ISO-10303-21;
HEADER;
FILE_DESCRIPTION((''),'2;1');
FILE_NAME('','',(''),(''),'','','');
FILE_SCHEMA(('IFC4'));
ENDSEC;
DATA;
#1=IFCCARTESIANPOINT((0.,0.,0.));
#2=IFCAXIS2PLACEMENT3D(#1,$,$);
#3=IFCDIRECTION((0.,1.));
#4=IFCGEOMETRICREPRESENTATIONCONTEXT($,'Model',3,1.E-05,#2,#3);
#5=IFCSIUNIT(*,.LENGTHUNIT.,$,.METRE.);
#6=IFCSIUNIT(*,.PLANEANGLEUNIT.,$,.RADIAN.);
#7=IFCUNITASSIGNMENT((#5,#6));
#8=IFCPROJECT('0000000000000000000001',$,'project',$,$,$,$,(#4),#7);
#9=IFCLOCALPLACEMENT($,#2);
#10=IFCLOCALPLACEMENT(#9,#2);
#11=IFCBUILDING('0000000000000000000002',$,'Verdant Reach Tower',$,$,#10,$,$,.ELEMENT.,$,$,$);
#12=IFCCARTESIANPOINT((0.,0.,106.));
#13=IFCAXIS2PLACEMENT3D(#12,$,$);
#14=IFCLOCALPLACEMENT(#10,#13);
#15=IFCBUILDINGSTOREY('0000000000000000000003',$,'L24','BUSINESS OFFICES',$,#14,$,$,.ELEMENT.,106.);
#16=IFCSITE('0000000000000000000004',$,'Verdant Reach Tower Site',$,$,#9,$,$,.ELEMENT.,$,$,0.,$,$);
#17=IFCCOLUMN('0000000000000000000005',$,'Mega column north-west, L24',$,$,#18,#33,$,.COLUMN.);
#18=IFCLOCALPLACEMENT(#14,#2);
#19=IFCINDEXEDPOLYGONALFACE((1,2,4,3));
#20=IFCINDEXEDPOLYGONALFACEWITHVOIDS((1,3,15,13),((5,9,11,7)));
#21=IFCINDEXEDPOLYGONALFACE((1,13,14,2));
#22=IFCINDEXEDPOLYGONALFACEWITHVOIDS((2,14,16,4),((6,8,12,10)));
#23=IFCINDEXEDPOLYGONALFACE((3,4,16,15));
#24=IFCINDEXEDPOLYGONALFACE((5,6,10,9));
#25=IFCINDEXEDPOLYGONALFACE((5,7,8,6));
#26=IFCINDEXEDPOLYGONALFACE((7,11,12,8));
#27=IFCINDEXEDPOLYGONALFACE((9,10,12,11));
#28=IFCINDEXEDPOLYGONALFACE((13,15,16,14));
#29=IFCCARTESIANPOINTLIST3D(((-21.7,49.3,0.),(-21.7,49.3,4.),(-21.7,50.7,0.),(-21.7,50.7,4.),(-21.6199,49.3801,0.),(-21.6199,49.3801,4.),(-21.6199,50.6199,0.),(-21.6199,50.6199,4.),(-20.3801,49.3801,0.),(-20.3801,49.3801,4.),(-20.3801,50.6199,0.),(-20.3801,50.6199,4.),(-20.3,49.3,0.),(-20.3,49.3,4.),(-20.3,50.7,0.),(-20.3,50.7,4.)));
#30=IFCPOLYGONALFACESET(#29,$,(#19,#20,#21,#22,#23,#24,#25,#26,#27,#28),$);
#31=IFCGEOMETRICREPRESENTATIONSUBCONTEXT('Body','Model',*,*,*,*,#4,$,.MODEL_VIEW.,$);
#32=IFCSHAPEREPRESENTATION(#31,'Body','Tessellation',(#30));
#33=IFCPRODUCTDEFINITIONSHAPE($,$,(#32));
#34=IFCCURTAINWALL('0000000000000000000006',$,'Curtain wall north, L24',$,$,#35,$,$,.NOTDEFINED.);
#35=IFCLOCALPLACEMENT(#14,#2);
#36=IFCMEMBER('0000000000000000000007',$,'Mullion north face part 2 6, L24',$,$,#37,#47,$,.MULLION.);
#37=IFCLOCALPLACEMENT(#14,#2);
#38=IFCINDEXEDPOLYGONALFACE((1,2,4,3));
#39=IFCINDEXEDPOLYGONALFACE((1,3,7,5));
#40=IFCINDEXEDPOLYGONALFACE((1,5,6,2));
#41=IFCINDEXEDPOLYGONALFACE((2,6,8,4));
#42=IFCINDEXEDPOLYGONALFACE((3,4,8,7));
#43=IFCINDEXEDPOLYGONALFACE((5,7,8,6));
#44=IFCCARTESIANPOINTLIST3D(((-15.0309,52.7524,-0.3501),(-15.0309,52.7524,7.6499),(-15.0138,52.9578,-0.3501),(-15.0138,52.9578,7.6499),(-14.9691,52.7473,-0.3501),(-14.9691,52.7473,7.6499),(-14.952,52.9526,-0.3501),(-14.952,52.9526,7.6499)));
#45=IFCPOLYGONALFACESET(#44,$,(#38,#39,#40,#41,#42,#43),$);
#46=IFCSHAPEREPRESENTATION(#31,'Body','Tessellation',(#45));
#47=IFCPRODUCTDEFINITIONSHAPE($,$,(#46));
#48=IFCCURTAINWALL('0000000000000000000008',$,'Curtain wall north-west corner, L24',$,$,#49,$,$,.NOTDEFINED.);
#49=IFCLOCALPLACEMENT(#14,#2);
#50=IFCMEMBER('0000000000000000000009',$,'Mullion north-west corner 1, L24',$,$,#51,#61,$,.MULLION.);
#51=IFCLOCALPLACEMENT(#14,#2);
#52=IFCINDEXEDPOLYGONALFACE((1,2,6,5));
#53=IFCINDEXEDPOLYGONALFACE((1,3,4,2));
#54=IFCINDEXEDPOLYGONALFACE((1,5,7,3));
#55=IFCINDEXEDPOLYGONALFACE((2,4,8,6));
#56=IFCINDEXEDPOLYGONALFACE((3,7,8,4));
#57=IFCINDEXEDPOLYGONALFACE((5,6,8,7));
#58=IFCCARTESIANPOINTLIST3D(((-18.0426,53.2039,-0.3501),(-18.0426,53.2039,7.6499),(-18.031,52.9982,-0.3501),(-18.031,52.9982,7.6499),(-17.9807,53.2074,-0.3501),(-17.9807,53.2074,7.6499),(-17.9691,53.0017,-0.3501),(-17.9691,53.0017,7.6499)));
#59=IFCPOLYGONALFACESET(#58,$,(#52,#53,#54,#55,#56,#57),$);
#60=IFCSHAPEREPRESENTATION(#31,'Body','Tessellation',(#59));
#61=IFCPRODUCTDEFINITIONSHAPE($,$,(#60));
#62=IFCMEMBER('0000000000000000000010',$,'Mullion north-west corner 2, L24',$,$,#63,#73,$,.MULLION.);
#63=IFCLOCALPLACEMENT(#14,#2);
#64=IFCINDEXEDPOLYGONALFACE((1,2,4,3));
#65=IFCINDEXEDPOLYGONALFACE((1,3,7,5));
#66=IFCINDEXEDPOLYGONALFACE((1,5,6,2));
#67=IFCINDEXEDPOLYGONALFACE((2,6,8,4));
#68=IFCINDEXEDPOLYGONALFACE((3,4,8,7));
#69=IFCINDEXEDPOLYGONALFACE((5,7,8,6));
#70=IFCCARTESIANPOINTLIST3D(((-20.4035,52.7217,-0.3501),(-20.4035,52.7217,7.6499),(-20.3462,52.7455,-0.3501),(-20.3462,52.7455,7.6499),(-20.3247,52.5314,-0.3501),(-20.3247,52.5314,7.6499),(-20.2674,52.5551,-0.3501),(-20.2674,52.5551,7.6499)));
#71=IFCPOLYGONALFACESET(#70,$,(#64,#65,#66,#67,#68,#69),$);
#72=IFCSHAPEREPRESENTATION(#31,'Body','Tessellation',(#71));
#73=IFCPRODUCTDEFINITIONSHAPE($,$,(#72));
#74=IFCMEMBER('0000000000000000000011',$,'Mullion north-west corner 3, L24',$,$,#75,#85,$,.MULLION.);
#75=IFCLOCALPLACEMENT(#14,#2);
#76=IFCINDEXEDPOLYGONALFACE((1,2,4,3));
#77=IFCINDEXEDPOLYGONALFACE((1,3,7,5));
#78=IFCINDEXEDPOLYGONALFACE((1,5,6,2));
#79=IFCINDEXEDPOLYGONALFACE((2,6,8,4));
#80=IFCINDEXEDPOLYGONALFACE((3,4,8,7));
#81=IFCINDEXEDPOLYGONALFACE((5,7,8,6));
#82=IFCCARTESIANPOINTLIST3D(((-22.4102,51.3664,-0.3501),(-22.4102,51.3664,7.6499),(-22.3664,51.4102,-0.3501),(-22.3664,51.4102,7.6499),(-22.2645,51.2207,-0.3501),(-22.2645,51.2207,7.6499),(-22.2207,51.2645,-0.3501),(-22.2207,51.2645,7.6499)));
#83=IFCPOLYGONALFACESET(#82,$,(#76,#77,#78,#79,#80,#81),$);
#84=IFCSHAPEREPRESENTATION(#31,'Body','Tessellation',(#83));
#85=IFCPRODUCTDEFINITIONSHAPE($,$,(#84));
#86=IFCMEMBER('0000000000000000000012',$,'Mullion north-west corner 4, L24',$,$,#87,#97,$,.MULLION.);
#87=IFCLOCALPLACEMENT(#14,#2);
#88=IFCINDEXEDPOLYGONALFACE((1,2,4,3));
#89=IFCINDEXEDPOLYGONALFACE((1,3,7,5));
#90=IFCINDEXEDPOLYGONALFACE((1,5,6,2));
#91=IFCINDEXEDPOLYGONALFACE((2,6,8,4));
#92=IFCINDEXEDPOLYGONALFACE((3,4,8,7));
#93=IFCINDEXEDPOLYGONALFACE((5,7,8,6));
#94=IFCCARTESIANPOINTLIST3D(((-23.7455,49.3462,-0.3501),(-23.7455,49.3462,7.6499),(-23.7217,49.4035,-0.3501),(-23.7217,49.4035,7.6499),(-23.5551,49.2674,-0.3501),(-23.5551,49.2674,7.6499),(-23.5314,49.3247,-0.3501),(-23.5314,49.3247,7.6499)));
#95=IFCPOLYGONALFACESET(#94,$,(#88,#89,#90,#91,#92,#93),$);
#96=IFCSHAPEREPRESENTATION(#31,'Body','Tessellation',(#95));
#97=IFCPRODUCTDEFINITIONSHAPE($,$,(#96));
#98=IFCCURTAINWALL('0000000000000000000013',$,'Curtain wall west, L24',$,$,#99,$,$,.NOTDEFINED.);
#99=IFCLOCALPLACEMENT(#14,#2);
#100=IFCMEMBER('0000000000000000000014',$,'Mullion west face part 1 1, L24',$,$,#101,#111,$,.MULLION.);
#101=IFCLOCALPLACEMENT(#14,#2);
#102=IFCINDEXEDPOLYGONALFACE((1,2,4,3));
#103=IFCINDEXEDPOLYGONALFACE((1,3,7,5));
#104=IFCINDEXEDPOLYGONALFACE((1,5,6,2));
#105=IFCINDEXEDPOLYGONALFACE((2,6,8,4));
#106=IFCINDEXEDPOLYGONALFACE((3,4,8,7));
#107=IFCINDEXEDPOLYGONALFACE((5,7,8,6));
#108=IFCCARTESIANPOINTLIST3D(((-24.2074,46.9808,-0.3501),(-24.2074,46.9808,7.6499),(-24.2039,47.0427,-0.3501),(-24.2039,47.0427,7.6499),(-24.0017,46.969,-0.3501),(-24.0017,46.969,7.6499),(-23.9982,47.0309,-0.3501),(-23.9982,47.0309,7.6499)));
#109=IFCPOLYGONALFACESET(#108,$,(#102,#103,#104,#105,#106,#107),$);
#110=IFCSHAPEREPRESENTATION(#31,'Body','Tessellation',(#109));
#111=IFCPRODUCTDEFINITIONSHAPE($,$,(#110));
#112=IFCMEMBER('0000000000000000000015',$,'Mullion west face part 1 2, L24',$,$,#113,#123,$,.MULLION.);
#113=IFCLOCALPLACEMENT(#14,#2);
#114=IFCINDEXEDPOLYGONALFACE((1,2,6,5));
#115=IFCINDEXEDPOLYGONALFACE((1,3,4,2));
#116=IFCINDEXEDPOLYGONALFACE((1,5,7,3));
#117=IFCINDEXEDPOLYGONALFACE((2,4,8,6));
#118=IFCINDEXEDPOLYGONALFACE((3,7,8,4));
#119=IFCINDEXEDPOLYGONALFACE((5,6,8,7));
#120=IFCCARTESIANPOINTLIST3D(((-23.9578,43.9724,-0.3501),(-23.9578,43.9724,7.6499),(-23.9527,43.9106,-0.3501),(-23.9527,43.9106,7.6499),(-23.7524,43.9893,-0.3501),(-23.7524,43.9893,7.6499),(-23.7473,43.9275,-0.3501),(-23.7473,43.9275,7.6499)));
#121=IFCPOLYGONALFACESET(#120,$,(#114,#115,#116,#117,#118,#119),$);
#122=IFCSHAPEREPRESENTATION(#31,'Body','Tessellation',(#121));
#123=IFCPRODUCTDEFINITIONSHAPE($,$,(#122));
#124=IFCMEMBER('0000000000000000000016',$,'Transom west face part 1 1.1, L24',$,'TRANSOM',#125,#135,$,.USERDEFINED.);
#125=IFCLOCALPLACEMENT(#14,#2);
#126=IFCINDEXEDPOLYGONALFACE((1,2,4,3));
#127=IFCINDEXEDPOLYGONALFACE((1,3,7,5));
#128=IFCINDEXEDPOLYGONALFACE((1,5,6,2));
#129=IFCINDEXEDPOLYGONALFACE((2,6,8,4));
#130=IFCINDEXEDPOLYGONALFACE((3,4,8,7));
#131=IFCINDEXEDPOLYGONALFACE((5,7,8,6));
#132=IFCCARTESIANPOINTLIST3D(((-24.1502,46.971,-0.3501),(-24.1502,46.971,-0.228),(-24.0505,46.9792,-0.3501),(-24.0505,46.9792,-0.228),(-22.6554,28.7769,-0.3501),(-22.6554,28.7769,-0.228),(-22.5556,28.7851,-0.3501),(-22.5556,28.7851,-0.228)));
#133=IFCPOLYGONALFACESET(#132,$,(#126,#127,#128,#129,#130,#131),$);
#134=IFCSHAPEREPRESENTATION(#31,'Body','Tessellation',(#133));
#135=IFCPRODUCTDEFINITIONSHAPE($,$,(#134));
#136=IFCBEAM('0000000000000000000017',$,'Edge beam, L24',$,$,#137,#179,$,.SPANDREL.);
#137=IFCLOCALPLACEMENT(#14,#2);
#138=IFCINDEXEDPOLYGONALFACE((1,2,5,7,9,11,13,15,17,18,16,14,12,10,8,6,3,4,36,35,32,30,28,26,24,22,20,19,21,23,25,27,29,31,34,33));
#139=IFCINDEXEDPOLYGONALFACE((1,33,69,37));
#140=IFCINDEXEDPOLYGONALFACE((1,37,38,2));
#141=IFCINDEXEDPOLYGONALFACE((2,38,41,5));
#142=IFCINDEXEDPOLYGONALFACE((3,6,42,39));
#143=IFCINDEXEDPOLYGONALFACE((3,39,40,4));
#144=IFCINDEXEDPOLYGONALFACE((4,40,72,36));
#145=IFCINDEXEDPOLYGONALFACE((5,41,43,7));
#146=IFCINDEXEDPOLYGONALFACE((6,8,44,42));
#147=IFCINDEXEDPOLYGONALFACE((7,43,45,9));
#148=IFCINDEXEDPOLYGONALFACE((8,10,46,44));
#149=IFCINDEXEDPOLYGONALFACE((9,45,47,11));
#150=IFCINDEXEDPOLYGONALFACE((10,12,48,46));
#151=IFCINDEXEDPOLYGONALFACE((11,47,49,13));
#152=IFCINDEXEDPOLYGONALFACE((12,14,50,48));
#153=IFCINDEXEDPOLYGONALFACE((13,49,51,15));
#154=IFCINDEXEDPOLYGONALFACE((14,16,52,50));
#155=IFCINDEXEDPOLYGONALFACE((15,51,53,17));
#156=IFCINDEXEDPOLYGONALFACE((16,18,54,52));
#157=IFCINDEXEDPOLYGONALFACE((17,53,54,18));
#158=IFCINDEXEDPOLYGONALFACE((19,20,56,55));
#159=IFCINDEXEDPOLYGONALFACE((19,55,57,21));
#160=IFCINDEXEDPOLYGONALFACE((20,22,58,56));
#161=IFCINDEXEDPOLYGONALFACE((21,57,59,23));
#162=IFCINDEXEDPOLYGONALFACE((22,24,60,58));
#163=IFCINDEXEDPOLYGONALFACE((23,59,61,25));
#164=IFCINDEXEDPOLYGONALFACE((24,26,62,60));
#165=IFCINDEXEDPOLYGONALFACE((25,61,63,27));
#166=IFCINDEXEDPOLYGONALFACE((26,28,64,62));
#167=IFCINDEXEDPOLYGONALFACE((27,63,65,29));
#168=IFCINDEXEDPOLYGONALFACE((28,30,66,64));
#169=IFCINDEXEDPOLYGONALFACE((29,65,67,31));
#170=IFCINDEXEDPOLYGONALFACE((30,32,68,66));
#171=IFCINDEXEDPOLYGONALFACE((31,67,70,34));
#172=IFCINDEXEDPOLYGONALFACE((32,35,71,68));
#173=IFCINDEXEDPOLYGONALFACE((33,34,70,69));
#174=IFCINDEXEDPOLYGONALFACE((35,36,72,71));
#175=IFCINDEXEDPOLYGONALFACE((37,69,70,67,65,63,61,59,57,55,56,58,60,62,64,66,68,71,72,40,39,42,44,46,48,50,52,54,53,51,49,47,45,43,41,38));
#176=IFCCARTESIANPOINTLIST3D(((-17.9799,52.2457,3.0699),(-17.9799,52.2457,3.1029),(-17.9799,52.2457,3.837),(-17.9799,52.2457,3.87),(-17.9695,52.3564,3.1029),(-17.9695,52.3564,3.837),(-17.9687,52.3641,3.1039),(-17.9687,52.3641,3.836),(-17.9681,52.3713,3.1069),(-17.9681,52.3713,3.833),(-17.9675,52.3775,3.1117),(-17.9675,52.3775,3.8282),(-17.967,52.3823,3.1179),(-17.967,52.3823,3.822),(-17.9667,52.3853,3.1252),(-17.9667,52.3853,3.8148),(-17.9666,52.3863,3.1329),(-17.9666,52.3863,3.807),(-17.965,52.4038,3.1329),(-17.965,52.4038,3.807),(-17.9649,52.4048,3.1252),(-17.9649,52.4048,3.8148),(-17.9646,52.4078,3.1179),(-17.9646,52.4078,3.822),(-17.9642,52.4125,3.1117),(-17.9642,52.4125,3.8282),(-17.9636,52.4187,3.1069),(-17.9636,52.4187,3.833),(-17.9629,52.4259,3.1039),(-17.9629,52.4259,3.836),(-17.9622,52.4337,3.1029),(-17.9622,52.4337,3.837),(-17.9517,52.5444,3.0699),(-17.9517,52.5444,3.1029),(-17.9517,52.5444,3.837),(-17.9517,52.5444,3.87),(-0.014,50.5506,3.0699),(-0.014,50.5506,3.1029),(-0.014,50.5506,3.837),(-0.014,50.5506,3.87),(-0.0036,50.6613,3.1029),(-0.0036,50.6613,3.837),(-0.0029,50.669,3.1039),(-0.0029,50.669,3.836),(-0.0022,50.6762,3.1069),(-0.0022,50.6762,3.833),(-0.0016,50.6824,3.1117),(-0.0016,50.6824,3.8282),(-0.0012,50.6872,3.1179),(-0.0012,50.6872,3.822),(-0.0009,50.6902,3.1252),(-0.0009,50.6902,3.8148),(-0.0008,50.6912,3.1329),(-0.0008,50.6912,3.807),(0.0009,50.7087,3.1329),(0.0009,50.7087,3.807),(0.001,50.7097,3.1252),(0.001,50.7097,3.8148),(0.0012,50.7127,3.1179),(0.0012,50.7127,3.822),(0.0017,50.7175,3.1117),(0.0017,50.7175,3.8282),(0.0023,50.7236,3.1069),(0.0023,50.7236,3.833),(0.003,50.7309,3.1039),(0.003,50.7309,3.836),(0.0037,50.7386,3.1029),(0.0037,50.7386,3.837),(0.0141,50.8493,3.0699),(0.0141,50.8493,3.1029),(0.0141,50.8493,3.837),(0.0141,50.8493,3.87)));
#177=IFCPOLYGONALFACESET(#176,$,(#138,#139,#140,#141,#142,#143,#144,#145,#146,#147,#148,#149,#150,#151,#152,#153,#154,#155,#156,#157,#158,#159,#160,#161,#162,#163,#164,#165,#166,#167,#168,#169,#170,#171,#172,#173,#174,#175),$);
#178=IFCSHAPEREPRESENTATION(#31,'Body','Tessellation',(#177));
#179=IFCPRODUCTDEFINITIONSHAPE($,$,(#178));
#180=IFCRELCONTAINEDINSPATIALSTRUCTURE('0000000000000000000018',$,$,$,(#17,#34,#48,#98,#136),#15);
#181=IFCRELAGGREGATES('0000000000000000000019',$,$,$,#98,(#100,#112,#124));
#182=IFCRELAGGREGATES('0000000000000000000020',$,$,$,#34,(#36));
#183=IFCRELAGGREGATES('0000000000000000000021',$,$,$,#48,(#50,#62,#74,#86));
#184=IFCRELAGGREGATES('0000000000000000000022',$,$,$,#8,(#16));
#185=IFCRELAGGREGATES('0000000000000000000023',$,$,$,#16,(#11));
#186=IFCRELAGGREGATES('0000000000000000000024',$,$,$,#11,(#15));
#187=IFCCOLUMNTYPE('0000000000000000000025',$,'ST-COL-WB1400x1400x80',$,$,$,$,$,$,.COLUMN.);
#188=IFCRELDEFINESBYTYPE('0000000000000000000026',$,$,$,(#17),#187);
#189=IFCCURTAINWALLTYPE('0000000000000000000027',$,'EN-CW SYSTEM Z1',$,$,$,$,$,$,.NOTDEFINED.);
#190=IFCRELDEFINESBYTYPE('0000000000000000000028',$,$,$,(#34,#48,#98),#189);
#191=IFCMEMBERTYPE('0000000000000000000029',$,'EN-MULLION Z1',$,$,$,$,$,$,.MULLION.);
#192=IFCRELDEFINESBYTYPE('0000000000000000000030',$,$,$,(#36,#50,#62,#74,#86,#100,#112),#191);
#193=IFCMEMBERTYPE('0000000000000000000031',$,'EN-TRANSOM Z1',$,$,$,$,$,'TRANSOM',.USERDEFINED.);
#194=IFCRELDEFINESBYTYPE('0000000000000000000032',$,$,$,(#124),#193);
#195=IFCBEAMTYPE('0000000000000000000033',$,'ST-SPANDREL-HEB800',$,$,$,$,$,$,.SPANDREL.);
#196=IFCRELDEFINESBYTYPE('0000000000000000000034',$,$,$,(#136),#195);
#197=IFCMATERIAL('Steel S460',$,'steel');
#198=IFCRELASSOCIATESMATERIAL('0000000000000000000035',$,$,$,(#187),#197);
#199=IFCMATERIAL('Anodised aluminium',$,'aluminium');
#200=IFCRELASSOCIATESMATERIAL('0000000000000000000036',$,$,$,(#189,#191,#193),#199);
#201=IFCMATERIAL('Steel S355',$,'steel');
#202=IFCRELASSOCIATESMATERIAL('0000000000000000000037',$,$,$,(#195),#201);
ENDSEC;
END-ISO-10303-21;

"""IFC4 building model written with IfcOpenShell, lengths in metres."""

from ifc_helpers import new_model, si_unit, direction, frame, origin, origin_2d, place, context, subcontext, project, spatial, rectangle, hollow_rectangle, i_section, extrude, material, material_profile, profile_set, type_object, element, aggregate, save


model = new_model("IFC4")

# Units and contexts
model_context = context("Model", 3, precision=1e-05, world=origin(), true_north=direction((0.0, 1.0)))
body_context = subcontext(model_context, "Body", "Model", "MODEL_VIEW")
ifc_project = project(units=[si_unit("LENGTHUNIT", "METRE"), si_unit("PLANEANGLEUNIT", "RADIAN")], contexts=[model_context])

# Site, building, storey
site_placement = place(None, origin())
site = spatial("IfcSite", under=ifc_project, at=site_placement, Name="Verdant Reach Tower Site", CompositionType="ELEMENT", RefElevation=0.0)
building_placement = place(site_placement, origin())
building = spatial("IfcBuilding", under=site, at=building_placement, Name="Verdant Reach Tower", CompositionType="ELEMENT")
storey_placement = place(building_placement, frame((0.0, 0.0, 106.0)))
storey = spatial("IfcBuildingStorey", under=building, at=storey_placement, Name="L24", Description="BUSINESS OFFICES", CompositionType="ELEMENT", Elevation=106.0)

# Column
ifc_material_1 = material(Name="Steel S460", Category="steel")
ifc_material_profile_1 = material_profile(ifc_material_1, hollow_rectangle(XDim=1.3999, YDim=1.3999, WallThickness=0.0801, at=origin_2d()), Name="WB 1400x1400x80")
ifc_profile_set_1 = profile_set([ifc_material_profile_1], Name="Steel S460")
column_type = type_object("IfcColumnType", Name="ST-COL-WB1400x1400x80", PredefinedType="COLUMN", material=ifc_profile_set_1)
column_placement = place(storey_placement, frame((-21.0, 50.0, 0.0), z_axis=(0.0, 0.0, 1.0), x_axis=(1.0, 0.0, 0.0)))
element("IfcColumn", 1, at=column_placement, inside=storey, type_object=column_type, Name="Mega column north-west, L24", PredefinedType="COLUMN", context=body_context, shape_type="SweptSolid", body=[
    extrude(hollow_rectangle(XDim=1.3999, YDim=1.3999, WallThickness=0.0801, at=origin_2d()), origin(), (0.0, 0.0, 1.0), 4.0),
])

# Curtain wall, member
ifc_material_2 = material(Name="Anodised aluminium", Category="aluminium")
curtain_wall_type = type_object("IfcCurtainWallType", Name="EN-CW SYSTEM Z1", PredefinedType="NOTDEFINED", material=ifc_material_2)
curtain_wall_1_placement = place(storey_placement, origin())
curtain_wall_1 = element("IfcCurtainWall", 2, at=curtain_wall_1_placement, inside=storey, type_object=curtain_wall_type, Name="Curtain wall north, L24", PredefinedType="NOTDEFINED")
ifc_material_profile_2 = material_profile(ifc_material_2, rectangle(XDim=0.2061, YDim=0.062, at=origin_2d()), Name="Mullion 62x206")
ifc_profile_set_2 = profile_set([ifc_material_profile_2], Name="Anodised aluminium")
member_type_1 = type_object("IfcMemberType", Name="EN-MULLION Z1", PredefinedType="MULLION", material=ifc_profile_set_2)
member_1_placement = place(storey_placement, frame((-14.9915, 52.8525, -0.3501), z_axis=(0.0, 0.0, 1.0), x_axis=(0.083045, 0.996546, 0.0)))
member_1 = element("IfcMember", 3, at=member_1_placement, type_object=member_type_1, Name="Mullion north face part 2 6, L24", PredefinedType="MULLION", context=body_context, shape_type="SweptSolid", body=[
    extrude(rectangle(XDim=0.2061, YDim=0.062, at=origin_2d()), origin(), (0.0, 0.0, 1.0), 8.0),
])

# Curtain walls, members
curtain_wall_2_placement = place(storey_placement, origin())
curtain_wall_2 = element("IfcCurtainWall", 4, at=curtain_wall_2_placement, inside=storey, type_object=curtain_wall_type, Name="Curtain wall north-west corner, L24", PredefinedType="NOTDEFINED")
member_2_placement = place(storey_placement, frame((-18.0059, 53.1028, -0.3501), z_axis=(0.0, 0.0, 1.0), x_axis=(-0.056569, 0.998399, 0.0)))
member_2 = element("IfcMember", 5, at=member_2_placement, type_object=member_type_1, Name="Mullion north-west corner 1, L24", PredefinedType="MULLION", context=body_context, shape_type="SweptSolid", body=[
    extrude(rectangle(XDim=0.2061, YDim=0.062, at=origin_2d()), origin(), (0.0, 0.0, 1.0), 8.0),
])
member_3_placement = place(storey_placement, frame((-20.3354, 52.6384, -0.3501), z_axis=(0.0, 0.0, 1.0), x_axis=(-0.382694, 0.923875, 0.0)))
member_3 = element("IfcMember", 6, at=member_3_placement, type_object=member_type_1, Name="Mullion north-west corner 2, L24", PredefinedType="MULLION", context=body_context, shape_type="SweptSolid", body=[
    extrude(rectangle(XDim=0.2061, YDim=0.062, at=origin_2d()), origin(), (0.0, 0.0, 1.0), 8.0),
])
member_4_placement = place(storey_placement, frame((-22.3154, 51.3154, -0.3501), z_axis=(0.0, 0.0, 1.0), x_axis=(-0.707107, 0.707107, 0.0)))
member_4 = element("IfcMember", 7, at=member_4_placement, type_object=member_type_1, Name="Mullion north-west corner 3, L24", PredefinedType="MULLION", context=body_context, shape_type="SweptSolid", body=[
    extrude(rectangle(XDim=0.2061, YDim=0.062, at=origin_2d()), origin(), (0.0, 0.0, 1.0), 8.0),
])
member_5_placement = place(storey_placement, frame((-23.6384, 49.3354, -0.3501), z_axis=(0.0, 0.0, 1.0), x_axis=(-0.923875, 0.382694, 0.0)))
member_5 = element("IfcMember", 8, at=member_5_placement, type_object=member_type_1, Name="Mullion north-west corner 4, L24", PredefinedType="MULLION", context=body_context, shape_type="SweptSolid", body=[
    extrude(rectangle(XDim=0.2061, YDim=0.062, at=origin_2d()), origin(), (0.0, 0.0, 1.0), 8.0),
])
curtain_wall_3_placement = place(storey_placement, origin())
curtain_wall_3 = element("IfcCurtainWall", 9, at=curtain_wall_3_placement, inside=storey, type_object=curtain_wall_type, Name="Curtain wall west, L24", PredefinedType="NOTDEFINED")
member_6_placement = place(storey_placement, frame((-24.1028, 47.0059, -0.3501), z_axis=(0.0, 0.0, 1.0), x_axis=(-0.998366, 0.057135, 0.0)))
member_6 = element("IfcMember", 10, at=member_6_placement, type_object=member_type_1, Name="Mullion west face part 1 1, L24", PredefinedType="MULLION", context=body_context, shape_type="SweptSolid", body=[
    extrude(rectangle(XDim=0.2061, YDim=0.062, at=origin_2d()), origin(), (0.0, 0.0, 1.0), 8.0),
])
member_7_placement = place(storey_placement, frame((-23.8525, 43.95, -0.3501), z_axis=(0.0, 0.0, 1.0), x_axis=(-0.996639, -0.081916, 0.0)))
member_7 = element("IfcMember", 11, at=member_7_placement, type_object=member_type_1, Name="Mullion west face part 1 2, L24", PredefinedType="MULLION", context=body_context, shape_type="SweptSolid", body=[
    extrude(rectangle(XDim=0.2061, YDim=0.062, at=origin_2d()), origin(), (0.0, 0.0, 1.0), 8.0),
])
ifc_material_profile_3 = material_profile(ifc_material_2, rectangle(XDim=0.1001, YDim=0.1221, at=origin_2d()), Name="Transom 122x100")
ifc_profile_set_3 = profile_set([ifc_material_profile_3], Name="Anodised aluminium")
member_type_2 = type_object("IfcMemberType", Name="EN-TRANSOM Z1", ElementType="TRANSOM", PredefinedType="USERDEFINED", material=ifc_profile_set_3)
member_8_placement = place(storey_placement, frame((-24.1003, 46.9751, -0.2891), z_axis=(0.081887, -0.996642, 0.0), x_axis=(0.996642, 0.081887, 0.0)))
member_8 = element("IfcMember", 12, at=member_8_placement, type_object=member_type_2, Name="Transom west face part 1 1.1, L24", ObjectType="TRANSOM", PredefinedType="USERDEFINED", context=body_context, shape_type="SweptSolid", body=[
    extrude(rectangle(XDim=0.1001, YDim=0.1221, at=origin_2d()), origin(), (0.0, 0.0, 1.0), 18.2554),
])

# Beam
ifc_material_3 = material(Name="Steel S355", Category="steel")
ifc_material_profile_4 = material_profile(ifc_material_3, i_section(OverallWidth=0.3, OverallDepth=0.8, WebThickness=0.0176, FlangeThickness=0.033, FilletRadius=0.03, at=origin_2d()), Name="HEB 800")
ifc_profile_set_4 = profile_set([ifc_material_profile_4], Name="Steel S355")
beam_type_1 = type_object("IfcBeamType", Name="ST-SPANDREL-HEB800", PredefinedType="SPANDREL", material=ifc_profile_set_4)
beam_1_placement = place(storey_placement, frame((-17.9658, 52.395, 3.47), z_axis=(0.995579, -0.093932, 0.0), x_axis=(0.093932, 0.995579, 0.0)))
element("IfcBeam", 13, at=beam_1_placement, inside=storey, type_object=beam_type_1, Name="Edge beam, L24", PredefinedType="SPANDREL", context=body_context, shape_type="SweptSolid", body=[
    extrude(i_section(OverallWidth=0.3, OverallDepth=0.8, WebThickness=0.0176, FlangeThickness=0.033, FilletRadius=0.03, at=origin_2d()), origin(), (0.0, 0.0, 1.0), 18.0457),
])

aggregate(curtain_wall_3, [member_6, member_7, member_8])
aggregate(curtain_wall_1, [member_1])
aggregate(curtain_wall_2, [member_2, member_3, member_4, member_5])

save(model, "model.ifc")
